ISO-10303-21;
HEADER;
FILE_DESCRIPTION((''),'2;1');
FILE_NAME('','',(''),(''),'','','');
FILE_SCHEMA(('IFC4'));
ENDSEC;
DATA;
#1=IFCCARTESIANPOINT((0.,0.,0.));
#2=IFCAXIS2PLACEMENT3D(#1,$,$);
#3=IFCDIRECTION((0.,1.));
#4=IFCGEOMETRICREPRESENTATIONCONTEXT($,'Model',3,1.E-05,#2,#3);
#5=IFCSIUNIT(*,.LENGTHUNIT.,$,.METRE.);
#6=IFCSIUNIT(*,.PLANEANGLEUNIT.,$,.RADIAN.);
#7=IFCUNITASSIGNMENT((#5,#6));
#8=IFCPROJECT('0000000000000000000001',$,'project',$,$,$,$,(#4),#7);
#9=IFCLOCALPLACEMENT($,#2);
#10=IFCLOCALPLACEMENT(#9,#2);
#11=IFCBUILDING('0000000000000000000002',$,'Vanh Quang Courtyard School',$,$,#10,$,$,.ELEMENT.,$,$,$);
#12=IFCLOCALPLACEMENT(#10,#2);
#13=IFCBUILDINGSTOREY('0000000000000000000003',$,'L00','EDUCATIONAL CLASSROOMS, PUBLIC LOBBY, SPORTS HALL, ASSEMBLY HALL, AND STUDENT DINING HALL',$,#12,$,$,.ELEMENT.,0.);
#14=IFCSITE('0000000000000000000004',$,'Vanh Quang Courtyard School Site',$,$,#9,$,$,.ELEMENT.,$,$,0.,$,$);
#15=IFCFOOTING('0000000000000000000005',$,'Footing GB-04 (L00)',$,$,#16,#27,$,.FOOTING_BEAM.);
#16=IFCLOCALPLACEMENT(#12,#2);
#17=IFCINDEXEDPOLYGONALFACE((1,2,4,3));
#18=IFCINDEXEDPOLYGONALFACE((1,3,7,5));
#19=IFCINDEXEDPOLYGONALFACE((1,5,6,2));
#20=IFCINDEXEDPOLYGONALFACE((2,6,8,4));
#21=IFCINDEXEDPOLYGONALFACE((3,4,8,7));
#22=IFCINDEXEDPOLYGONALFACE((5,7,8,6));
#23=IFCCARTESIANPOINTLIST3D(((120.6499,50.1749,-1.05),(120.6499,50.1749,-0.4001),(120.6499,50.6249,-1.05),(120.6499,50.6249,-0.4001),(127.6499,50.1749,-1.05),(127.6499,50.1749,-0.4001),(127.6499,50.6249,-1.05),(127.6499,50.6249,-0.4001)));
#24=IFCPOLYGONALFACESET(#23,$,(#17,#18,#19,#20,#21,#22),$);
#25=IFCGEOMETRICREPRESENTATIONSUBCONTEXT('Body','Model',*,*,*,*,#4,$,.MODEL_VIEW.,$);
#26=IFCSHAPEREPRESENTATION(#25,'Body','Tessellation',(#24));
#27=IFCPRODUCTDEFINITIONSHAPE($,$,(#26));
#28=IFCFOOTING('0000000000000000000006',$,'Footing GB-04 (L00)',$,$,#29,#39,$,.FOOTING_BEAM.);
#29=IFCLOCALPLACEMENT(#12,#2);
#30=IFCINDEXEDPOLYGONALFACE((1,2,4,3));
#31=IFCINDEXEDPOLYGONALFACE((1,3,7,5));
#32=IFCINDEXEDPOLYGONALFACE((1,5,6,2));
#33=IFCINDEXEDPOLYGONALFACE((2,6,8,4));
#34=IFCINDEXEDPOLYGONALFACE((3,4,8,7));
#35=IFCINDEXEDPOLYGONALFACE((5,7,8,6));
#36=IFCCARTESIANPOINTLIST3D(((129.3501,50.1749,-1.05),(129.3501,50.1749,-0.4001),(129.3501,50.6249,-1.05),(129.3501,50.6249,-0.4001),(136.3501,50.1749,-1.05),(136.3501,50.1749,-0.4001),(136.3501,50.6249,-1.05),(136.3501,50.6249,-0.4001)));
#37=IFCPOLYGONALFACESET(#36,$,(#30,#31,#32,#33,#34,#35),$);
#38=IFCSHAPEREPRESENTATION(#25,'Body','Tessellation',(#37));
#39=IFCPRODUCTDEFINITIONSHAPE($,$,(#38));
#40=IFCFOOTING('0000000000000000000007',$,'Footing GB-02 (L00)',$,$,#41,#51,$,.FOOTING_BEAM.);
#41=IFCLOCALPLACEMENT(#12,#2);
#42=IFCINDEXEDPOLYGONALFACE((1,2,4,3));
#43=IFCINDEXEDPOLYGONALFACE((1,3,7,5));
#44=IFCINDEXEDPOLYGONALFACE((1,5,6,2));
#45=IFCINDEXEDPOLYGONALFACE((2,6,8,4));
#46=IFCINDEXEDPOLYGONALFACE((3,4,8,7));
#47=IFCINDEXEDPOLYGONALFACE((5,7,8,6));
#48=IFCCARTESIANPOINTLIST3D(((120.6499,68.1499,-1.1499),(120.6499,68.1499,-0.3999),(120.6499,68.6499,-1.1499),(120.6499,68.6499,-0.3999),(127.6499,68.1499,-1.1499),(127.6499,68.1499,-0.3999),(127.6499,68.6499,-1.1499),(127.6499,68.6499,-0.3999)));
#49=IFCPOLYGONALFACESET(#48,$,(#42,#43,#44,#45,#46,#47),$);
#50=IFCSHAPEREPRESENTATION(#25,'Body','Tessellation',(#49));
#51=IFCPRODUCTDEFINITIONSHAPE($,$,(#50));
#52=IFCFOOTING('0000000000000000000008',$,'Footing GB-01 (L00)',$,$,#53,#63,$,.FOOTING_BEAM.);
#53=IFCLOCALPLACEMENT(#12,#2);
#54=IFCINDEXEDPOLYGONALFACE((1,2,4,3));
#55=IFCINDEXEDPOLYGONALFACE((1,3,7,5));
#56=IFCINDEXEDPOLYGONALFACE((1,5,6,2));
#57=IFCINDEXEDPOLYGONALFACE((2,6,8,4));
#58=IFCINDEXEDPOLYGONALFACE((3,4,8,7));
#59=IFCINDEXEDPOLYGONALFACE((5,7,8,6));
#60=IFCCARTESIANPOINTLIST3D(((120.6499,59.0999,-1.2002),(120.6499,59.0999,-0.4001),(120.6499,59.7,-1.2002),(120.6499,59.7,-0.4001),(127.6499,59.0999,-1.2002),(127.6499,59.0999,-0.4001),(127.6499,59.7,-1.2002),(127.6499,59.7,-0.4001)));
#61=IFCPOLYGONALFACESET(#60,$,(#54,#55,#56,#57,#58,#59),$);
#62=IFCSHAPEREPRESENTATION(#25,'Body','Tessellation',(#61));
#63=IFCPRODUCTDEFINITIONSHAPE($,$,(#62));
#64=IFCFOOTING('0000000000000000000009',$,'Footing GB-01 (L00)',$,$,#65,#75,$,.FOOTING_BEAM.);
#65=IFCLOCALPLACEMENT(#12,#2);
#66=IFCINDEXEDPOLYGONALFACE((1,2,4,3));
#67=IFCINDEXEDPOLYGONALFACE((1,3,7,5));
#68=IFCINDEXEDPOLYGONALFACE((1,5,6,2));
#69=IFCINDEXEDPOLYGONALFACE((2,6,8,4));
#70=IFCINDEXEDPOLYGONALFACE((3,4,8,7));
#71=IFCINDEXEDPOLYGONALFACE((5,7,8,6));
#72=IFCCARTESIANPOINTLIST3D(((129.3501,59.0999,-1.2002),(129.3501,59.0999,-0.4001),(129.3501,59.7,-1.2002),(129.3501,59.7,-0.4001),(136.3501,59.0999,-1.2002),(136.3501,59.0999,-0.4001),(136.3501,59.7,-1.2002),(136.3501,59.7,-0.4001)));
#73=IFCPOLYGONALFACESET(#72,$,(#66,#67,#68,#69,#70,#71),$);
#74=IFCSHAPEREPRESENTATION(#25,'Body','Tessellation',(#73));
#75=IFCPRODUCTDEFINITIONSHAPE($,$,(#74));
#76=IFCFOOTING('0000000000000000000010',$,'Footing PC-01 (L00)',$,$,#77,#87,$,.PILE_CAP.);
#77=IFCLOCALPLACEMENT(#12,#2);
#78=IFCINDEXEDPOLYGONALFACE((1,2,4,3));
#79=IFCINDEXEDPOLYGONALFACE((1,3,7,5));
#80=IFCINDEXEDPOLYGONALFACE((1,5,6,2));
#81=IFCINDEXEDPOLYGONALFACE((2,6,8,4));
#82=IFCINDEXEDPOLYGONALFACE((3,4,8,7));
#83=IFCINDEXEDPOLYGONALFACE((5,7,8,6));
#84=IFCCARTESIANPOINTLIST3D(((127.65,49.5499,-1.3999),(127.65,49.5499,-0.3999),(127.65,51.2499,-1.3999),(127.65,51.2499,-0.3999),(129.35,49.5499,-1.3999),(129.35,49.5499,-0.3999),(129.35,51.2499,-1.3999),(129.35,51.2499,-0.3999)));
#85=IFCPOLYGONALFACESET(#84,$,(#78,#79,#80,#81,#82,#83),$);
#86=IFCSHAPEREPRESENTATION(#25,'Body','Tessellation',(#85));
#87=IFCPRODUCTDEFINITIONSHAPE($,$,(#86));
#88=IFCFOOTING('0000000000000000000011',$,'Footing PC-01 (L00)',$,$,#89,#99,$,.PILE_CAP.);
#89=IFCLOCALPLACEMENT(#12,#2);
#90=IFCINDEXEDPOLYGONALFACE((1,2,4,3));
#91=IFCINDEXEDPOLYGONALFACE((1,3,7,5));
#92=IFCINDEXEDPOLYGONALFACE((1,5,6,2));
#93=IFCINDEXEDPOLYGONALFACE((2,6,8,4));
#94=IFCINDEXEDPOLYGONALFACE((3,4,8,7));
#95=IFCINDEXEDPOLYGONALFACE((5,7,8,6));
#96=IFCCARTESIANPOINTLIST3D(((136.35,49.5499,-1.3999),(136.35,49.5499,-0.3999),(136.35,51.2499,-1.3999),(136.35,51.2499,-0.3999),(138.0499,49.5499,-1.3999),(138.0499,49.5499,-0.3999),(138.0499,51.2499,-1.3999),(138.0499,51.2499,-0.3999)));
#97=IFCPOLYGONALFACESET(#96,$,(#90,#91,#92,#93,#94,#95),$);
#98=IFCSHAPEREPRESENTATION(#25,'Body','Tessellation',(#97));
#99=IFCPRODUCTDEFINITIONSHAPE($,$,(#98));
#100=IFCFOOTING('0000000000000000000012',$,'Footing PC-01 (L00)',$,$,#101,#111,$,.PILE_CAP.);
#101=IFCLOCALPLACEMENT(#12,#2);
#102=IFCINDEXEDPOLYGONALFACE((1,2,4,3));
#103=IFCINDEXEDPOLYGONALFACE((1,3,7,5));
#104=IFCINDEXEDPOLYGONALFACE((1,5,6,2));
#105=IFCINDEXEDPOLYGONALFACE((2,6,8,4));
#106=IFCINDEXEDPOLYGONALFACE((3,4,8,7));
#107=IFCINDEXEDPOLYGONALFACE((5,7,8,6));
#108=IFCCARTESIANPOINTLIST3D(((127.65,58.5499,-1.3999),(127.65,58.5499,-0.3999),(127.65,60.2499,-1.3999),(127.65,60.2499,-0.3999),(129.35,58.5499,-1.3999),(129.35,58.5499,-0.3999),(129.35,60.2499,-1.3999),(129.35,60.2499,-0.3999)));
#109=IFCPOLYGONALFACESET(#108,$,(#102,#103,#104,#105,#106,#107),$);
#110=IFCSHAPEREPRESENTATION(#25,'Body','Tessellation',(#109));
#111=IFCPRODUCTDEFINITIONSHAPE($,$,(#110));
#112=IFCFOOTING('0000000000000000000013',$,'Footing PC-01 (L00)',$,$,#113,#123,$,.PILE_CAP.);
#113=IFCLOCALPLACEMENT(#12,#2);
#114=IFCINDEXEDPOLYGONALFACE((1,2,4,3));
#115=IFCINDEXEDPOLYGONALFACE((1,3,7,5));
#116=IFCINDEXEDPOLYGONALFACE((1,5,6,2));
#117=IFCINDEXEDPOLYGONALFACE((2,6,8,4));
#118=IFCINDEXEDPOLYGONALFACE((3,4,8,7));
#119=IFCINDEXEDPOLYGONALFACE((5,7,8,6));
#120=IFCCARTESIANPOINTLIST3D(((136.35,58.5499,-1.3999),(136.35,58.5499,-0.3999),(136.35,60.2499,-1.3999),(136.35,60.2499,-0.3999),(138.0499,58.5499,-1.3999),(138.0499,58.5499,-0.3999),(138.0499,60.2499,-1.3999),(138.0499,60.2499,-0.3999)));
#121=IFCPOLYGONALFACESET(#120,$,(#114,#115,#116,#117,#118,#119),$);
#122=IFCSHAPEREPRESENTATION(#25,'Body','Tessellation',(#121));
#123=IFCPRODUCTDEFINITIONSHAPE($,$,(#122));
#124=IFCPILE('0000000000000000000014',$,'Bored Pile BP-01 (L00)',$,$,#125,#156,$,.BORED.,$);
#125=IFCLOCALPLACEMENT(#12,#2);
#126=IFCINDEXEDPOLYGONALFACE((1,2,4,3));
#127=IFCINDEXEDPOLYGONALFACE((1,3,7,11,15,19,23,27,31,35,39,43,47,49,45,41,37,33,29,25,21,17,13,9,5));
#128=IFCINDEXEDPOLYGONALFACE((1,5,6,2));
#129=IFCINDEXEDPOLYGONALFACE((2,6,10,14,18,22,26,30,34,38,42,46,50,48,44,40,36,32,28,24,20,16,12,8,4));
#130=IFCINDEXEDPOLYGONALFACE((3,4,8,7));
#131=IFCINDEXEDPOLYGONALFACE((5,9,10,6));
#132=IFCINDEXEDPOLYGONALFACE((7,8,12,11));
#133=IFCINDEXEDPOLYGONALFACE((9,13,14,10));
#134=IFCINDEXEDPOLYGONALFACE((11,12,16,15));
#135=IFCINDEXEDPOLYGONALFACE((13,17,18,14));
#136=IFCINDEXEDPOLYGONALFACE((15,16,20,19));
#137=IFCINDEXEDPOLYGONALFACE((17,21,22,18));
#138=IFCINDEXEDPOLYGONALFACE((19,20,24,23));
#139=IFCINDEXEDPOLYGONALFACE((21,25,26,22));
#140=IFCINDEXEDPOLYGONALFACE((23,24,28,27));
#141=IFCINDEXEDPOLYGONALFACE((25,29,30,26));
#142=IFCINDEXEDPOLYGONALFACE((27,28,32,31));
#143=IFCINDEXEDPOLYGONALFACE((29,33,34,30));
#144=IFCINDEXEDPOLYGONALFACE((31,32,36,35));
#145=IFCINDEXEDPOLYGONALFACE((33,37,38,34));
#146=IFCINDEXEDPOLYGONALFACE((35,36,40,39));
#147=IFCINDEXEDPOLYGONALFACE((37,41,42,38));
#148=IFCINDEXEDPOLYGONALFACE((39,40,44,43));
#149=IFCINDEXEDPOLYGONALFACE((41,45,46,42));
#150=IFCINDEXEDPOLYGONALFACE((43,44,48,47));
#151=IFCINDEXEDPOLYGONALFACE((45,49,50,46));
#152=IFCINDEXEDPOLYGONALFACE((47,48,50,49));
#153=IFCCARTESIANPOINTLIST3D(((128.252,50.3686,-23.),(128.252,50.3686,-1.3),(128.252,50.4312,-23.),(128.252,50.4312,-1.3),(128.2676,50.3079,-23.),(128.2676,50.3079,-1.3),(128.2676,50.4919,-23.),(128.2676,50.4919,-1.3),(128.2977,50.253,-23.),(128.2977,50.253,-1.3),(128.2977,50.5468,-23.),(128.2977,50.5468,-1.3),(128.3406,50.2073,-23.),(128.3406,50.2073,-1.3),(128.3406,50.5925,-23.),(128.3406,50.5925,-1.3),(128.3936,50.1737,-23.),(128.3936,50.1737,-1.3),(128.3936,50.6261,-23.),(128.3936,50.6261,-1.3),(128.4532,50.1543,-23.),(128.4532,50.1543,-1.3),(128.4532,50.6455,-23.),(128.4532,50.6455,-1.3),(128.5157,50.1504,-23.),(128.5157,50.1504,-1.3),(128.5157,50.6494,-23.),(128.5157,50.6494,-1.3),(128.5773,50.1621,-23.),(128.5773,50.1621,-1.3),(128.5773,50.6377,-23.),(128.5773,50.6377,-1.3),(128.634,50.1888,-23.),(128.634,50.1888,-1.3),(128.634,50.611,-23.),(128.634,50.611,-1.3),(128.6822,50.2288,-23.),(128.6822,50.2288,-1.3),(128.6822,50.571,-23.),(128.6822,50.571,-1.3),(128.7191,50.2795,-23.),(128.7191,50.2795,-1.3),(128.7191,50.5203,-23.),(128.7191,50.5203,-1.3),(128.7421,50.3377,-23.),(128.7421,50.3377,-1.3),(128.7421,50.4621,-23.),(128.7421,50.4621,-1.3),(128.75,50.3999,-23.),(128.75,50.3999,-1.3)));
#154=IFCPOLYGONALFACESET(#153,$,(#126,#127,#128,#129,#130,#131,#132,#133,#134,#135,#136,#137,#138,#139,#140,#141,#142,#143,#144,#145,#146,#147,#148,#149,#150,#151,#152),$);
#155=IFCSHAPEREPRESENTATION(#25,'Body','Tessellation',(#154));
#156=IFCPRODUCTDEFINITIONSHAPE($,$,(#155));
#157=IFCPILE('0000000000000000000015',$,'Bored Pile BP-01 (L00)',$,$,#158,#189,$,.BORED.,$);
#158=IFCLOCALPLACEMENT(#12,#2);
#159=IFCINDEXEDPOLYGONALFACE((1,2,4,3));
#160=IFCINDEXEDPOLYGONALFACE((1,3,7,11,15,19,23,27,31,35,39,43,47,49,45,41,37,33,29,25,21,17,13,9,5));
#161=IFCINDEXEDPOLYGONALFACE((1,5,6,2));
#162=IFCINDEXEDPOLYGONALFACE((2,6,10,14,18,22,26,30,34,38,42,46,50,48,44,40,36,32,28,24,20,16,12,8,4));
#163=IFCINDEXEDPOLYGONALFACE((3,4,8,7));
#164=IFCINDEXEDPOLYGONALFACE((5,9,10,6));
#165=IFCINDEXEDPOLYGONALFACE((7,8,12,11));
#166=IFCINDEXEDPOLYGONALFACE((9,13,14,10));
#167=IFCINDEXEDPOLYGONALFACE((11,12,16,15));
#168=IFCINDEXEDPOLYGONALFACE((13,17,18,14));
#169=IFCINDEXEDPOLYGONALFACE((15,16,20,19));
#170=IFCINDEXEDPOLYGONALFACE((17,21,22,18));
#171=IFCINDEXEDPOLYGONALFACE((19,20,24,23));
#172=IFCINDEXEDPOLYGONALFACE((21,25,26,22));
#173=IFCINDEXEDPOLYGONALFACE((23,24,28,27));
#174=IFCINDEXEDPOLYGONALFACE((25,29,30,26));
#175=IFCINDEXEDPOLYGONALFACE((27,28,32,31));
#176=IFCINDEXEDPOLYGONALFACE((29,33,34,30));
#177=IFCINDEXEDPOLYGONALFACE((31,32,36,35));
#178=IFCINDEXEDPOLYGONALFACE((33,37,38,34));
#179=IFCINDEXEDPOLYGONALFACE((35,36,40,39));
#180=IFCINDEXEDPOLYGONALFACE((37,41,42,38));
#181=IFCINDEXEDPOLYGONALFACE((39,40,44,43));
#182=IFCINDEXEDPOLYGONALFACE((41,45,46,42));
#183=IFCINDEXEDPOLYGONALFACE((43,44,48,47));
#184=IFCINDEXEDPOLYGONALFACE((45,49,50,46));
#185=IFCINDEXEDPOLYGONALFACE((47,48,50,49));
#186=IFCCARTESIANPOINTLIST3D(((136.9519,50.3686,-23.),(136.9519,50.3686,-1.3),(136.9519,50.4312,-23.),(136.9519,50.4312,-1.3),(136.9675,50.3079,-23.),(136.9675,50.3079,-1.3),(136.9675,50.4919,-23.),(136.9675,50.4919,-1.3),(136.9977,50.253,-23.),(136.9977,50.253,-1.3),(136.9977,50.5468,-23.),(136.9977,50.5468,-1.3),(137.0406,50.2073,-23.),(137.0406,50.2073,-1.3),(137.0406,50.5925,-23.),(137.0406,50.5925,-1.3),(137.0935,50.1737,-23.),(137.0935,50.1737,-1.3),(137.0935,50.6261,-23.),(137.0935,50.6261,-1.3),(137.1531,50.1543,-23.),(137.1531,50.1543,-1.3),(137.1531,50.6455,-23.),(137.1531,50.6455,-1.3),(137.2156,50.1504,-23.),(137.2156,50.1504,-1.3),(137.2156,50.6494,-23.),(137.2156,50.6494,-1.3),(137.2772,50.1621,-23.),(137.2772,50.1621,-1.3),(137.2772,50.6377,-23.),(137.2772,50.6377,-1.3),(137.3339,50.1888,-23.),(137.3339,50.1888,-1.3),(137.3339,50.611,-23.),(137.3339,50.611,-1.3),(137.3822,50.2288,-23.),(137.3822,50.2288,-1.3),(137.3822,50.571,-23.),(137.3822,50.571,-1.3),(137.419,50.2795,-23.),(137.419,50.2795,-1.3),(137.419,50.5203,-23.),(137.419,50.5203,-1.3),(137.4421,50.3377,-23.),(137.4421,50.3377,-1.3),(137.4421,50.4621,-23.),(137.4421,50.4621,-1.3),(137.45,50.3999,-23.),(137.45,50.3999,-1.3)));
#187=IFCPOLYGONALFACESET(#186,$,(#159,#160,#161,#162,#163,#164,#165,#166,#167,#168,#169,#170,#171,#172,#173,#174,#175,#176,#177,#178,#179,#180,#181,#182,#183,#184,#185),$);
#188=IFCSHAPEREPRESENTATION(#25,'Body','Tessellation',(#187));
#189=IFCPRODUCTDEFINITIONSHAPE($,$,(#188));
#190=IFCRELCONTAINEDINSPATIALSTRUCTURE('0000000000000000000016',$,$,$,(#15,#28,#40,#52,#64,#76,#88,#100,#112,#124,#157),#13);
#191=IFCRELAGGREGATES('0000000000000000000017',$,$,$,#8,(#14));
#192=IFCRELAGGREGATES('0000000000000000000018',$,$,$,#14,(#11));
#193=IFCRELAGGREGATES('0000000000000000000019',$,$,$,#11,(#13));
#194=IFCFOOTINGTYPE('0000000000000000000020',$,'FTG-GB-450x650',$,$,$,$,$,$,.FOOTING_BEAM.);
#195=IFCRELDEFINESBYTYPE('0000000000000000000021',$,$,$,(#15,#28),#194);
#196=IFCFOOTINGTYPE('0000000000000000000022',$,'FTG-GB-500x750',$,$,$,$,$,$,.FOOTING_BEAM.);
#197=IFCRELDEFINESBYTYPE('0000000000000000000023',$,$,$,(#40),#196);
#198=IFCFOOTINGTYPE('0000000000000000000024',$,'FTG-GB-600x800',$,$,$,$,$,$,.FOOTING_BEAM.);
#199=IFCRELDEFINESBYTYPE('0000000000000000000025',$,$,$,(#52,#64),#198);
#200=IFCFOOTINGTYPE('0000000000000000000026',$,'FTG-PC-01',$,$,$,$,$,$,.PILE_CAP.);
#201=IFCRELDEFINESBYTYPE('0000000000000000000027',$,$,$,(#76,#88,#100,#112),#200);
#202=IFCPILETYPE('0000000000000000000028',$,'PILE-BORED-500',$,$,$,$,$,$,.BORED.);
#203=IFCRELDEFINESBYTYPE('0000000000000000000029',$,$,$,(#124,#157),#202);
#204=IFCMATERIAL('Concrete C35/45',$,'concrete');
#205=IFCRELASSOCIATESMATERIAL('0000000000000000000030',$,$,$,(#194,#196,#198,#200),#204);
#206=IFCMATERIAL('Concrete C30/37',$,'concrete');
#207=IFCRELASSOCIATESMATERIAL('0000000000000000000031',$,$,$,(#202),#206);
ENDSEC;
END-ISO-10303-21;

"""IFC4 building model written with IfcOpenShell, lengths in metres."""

from ifc_helpers import new_model, si_unit, direction, frame, origin, origin_2d, place, context, subcontext, project, spatial, rectangle, circle, extrude, material, material_profile, profile_set, type_object, element, save


model = new_model("IFC4")

# Units and contexts
model_context = context("Model", 3, precision=1e-05, world=origin(), true_north=direction((0.0, 1.0)))
body_context = subcontext(model_context, "Body", "Model", "MODEL_VIEW")
ifc_project = project(units=[si_unit("LENGTHUNIT", "METRE"), si_unit("PLANEANGLEUNIT", "RADIAN")], contexts=[model_context])

# Site, building, storey
site_placement = place(None, origin())
site = spatial("IfcSite", under=ifc_project, at=site_placement, Name="Vanh Quang Courtyard School Site", CompositionType="ELEMENT", RefElevation=0.0)
building_placement = place(site_placement, origin())
building = spatial("IfcBuilding", under=site, at=building_placement, Name="Vanh Quang Courtyard School", CompositionType="ELEMENT")
storey_placement = place(building_placement, origin())
storey = spatial("IfcBuildingStorey", under=building, at=storey_placement, Name="L00", Description="EDUCATIONAL CLASSROOMS, PUBLIC LOBBY, SPORTS HALL, ASSEMBLY HALL, AND STUDENT DINING HALL", CompositionType="ELEMENT", Elevation=0.0)

# Footings
ifc_material_1 = material(Name="Concrete C35/45", Category="concrete")
footing_type_1 = type_object("IfcFootingType", Name="FTG-GB-450x650", PredefinedType="FOOTING_BEAM", material=ifc_material_1)
for number, where, z_axis, x_axis, name in (
    (1, (124.1499, 50.3999, -1.05), (0.0, 0.0, 1.0), (1.0, 0.0, 0.0), "Footing GB-04 (L00)"),
    (2, (132.8501, 50.3999, -1.05), (0.0, 0.0, 1.0), (1.0, 0.0, 0.0), "Footing GB-04 (L00)"),
):
    element("IfcFooting", number, at=place(storey_placement, frame(where, z_axis=z_axis, x_axis=x_axis)), inside=storey, type_object=footing_type_1, Name=name, PredefinedType="FOOTING_BEAM", context=body_context, shape_type="SweptSolid", body=[
        extrude(rectangle(XDim=7.0, YDim=0.45, at=origin_2d()), origin(), (0.0, 0.0, 1.0), 0.6499),
    ])
footing_type_2 = type_object("IfcFootingType", Name="FTG-GB-500x750", PredefinedType="FOOTING_BEAM", material=ifc_material_1)
footing_placement = place(storey_placement, frame((124.1499, 68.3999, -1.1499), z_axis=(0.0, 0.0, 1.0), x_axis=(1.0, 0.0, 0.0)))
element("IfcFooting", 3, at=footing_placement, inside=storey, type_object=footing_type_2, Name="Footing GB-02 (L00)", PredefinedType="FOOTING_BEAM", context=body_context, shape_type="SweptSolid", body=[
    extrude(rectangle(XDim=7.0, YDim=0.5, at=origin_2d()), origin(), (0.0, 0.0, 1.0), 0.75),
])
footing_type_3 = type_object("IfcFootingType", Name="FTG-GB-600x800", PredefinedType="FOOTING_BEAM", material=ifc_material_1)
for number, where, z_axis, x_axis, name in (
    (4, (124.1499, 59.3999, -1.2002), (0.0, 0.0, 1.0), (1.0, 0.0, 0.0), "Footing GB-01 (L00)"),
    (5, (132.8501, 59.3999, -1.2002), (0.0, 0.0, 1.0), (1.0, 0.0, 0.0), "Footing GB-01 (L00)"),
):
    element("IfcFooting", number, at=place(storey_placement, frame(where, z_axis=z_axis, x_axis=x_axis)), inside=storey, type_object=footing_type_3, Name=name, PredefinedType="FOOTING_BEAM", context=body_context, shape_type="SweptSolid", body=[
        extrude(rectangle(XDim=7.0, YDim=0.6001, at=origin_2d()), origin(), (0.0, 0.0, 1.0), 0.8),
    ])
footing_type_4 = type_object("IfcFootingType", Name="FTG-PC-01", PredefinedType="PILE_CAP", material=ifc_material_1)
for number, where, z_axis, x_axis, name in (
    (6, (128.5, 50.3999, -1.3999), (0.0, 0.0, 1.0), (1.0, 0.0, 0.0), "Footing PC-01 (L00)"),
    (7, (137.2, 50.3999, -1.3999), (0.0, 0.0, 1.0), (1.0, 0.0, 0.0), "Footing PC-01 (L00)"),
    (8, (128.5, 59.3999, -1.3999), (0.0, 0.0, 1.0), (1.0, 0.0, 0.0), "Footing PC-01 (L00)"),
    (9, (137.2, 59.3999, -1.3999), (0.0, 0.0, 1.0), (1.0, 0.0, 0.0), "Footing PC-01 (L00)"),
):
    element("IfcFooting", number, at=place(storey_placement, frame(where, z_axis=z_axis, x_axis=x_axis)), inside=storey, type_object=footing_type_4, Name=name, PredefinedType="PILE_CAP", context=body_context, shape_type="SweptSolid", body=[
        extrude(rectangle(XDim=1.7, YDim=1.7, at=origin_2d()), origin(), (0.0, 0.0, 1.0), 1.0),
    ])

# Piles
ifc_material_2 = material(Name="Concrete C30/37", Category="concrete")
ifc_material_profile_1 = material_profile(ifc_material_2, circle(Radius=0.25, at=origin_2d()), Name="PILE D500")
ifc_profile_set_1 = profile_set([ifc_material_profile_1], Name="Concrete C30/37")
pile_type = type_object("IfcPileType", Name="PILE-BORED-500", PredefinedType="BORED", material=ifc_profile_set_1)
for number, where, z_axis, x_axis, name in (
    (10, (128.5, 50.3999, -1.3), (0.0, 0.0, -1.0), (1.0, 0.0, 0.0), "Bored Pile BP-01 (L00)"),
    (11, (137.2, 50.3999, -1.3), (0.0, 0.0, -1.0), (1.0, 0.0, 0.0), "Bored Pile BP-01 (L00)"),
):
    element("IfcPile", number, at=place(storey_placement, frame(where, z_axis=z_axis, x_axis=x_axis)), inside=storey, type_object=pile_type, Name=name, PredefinedType="BORED", context=body_context, shape_type="SweptSolid", body=[
        extrude(circle(Radius=0.25, at=origin_2d()), origin(), (0.0, 0.0, 1.0), 21.7),
    ])

save(model, "model.ifc")
